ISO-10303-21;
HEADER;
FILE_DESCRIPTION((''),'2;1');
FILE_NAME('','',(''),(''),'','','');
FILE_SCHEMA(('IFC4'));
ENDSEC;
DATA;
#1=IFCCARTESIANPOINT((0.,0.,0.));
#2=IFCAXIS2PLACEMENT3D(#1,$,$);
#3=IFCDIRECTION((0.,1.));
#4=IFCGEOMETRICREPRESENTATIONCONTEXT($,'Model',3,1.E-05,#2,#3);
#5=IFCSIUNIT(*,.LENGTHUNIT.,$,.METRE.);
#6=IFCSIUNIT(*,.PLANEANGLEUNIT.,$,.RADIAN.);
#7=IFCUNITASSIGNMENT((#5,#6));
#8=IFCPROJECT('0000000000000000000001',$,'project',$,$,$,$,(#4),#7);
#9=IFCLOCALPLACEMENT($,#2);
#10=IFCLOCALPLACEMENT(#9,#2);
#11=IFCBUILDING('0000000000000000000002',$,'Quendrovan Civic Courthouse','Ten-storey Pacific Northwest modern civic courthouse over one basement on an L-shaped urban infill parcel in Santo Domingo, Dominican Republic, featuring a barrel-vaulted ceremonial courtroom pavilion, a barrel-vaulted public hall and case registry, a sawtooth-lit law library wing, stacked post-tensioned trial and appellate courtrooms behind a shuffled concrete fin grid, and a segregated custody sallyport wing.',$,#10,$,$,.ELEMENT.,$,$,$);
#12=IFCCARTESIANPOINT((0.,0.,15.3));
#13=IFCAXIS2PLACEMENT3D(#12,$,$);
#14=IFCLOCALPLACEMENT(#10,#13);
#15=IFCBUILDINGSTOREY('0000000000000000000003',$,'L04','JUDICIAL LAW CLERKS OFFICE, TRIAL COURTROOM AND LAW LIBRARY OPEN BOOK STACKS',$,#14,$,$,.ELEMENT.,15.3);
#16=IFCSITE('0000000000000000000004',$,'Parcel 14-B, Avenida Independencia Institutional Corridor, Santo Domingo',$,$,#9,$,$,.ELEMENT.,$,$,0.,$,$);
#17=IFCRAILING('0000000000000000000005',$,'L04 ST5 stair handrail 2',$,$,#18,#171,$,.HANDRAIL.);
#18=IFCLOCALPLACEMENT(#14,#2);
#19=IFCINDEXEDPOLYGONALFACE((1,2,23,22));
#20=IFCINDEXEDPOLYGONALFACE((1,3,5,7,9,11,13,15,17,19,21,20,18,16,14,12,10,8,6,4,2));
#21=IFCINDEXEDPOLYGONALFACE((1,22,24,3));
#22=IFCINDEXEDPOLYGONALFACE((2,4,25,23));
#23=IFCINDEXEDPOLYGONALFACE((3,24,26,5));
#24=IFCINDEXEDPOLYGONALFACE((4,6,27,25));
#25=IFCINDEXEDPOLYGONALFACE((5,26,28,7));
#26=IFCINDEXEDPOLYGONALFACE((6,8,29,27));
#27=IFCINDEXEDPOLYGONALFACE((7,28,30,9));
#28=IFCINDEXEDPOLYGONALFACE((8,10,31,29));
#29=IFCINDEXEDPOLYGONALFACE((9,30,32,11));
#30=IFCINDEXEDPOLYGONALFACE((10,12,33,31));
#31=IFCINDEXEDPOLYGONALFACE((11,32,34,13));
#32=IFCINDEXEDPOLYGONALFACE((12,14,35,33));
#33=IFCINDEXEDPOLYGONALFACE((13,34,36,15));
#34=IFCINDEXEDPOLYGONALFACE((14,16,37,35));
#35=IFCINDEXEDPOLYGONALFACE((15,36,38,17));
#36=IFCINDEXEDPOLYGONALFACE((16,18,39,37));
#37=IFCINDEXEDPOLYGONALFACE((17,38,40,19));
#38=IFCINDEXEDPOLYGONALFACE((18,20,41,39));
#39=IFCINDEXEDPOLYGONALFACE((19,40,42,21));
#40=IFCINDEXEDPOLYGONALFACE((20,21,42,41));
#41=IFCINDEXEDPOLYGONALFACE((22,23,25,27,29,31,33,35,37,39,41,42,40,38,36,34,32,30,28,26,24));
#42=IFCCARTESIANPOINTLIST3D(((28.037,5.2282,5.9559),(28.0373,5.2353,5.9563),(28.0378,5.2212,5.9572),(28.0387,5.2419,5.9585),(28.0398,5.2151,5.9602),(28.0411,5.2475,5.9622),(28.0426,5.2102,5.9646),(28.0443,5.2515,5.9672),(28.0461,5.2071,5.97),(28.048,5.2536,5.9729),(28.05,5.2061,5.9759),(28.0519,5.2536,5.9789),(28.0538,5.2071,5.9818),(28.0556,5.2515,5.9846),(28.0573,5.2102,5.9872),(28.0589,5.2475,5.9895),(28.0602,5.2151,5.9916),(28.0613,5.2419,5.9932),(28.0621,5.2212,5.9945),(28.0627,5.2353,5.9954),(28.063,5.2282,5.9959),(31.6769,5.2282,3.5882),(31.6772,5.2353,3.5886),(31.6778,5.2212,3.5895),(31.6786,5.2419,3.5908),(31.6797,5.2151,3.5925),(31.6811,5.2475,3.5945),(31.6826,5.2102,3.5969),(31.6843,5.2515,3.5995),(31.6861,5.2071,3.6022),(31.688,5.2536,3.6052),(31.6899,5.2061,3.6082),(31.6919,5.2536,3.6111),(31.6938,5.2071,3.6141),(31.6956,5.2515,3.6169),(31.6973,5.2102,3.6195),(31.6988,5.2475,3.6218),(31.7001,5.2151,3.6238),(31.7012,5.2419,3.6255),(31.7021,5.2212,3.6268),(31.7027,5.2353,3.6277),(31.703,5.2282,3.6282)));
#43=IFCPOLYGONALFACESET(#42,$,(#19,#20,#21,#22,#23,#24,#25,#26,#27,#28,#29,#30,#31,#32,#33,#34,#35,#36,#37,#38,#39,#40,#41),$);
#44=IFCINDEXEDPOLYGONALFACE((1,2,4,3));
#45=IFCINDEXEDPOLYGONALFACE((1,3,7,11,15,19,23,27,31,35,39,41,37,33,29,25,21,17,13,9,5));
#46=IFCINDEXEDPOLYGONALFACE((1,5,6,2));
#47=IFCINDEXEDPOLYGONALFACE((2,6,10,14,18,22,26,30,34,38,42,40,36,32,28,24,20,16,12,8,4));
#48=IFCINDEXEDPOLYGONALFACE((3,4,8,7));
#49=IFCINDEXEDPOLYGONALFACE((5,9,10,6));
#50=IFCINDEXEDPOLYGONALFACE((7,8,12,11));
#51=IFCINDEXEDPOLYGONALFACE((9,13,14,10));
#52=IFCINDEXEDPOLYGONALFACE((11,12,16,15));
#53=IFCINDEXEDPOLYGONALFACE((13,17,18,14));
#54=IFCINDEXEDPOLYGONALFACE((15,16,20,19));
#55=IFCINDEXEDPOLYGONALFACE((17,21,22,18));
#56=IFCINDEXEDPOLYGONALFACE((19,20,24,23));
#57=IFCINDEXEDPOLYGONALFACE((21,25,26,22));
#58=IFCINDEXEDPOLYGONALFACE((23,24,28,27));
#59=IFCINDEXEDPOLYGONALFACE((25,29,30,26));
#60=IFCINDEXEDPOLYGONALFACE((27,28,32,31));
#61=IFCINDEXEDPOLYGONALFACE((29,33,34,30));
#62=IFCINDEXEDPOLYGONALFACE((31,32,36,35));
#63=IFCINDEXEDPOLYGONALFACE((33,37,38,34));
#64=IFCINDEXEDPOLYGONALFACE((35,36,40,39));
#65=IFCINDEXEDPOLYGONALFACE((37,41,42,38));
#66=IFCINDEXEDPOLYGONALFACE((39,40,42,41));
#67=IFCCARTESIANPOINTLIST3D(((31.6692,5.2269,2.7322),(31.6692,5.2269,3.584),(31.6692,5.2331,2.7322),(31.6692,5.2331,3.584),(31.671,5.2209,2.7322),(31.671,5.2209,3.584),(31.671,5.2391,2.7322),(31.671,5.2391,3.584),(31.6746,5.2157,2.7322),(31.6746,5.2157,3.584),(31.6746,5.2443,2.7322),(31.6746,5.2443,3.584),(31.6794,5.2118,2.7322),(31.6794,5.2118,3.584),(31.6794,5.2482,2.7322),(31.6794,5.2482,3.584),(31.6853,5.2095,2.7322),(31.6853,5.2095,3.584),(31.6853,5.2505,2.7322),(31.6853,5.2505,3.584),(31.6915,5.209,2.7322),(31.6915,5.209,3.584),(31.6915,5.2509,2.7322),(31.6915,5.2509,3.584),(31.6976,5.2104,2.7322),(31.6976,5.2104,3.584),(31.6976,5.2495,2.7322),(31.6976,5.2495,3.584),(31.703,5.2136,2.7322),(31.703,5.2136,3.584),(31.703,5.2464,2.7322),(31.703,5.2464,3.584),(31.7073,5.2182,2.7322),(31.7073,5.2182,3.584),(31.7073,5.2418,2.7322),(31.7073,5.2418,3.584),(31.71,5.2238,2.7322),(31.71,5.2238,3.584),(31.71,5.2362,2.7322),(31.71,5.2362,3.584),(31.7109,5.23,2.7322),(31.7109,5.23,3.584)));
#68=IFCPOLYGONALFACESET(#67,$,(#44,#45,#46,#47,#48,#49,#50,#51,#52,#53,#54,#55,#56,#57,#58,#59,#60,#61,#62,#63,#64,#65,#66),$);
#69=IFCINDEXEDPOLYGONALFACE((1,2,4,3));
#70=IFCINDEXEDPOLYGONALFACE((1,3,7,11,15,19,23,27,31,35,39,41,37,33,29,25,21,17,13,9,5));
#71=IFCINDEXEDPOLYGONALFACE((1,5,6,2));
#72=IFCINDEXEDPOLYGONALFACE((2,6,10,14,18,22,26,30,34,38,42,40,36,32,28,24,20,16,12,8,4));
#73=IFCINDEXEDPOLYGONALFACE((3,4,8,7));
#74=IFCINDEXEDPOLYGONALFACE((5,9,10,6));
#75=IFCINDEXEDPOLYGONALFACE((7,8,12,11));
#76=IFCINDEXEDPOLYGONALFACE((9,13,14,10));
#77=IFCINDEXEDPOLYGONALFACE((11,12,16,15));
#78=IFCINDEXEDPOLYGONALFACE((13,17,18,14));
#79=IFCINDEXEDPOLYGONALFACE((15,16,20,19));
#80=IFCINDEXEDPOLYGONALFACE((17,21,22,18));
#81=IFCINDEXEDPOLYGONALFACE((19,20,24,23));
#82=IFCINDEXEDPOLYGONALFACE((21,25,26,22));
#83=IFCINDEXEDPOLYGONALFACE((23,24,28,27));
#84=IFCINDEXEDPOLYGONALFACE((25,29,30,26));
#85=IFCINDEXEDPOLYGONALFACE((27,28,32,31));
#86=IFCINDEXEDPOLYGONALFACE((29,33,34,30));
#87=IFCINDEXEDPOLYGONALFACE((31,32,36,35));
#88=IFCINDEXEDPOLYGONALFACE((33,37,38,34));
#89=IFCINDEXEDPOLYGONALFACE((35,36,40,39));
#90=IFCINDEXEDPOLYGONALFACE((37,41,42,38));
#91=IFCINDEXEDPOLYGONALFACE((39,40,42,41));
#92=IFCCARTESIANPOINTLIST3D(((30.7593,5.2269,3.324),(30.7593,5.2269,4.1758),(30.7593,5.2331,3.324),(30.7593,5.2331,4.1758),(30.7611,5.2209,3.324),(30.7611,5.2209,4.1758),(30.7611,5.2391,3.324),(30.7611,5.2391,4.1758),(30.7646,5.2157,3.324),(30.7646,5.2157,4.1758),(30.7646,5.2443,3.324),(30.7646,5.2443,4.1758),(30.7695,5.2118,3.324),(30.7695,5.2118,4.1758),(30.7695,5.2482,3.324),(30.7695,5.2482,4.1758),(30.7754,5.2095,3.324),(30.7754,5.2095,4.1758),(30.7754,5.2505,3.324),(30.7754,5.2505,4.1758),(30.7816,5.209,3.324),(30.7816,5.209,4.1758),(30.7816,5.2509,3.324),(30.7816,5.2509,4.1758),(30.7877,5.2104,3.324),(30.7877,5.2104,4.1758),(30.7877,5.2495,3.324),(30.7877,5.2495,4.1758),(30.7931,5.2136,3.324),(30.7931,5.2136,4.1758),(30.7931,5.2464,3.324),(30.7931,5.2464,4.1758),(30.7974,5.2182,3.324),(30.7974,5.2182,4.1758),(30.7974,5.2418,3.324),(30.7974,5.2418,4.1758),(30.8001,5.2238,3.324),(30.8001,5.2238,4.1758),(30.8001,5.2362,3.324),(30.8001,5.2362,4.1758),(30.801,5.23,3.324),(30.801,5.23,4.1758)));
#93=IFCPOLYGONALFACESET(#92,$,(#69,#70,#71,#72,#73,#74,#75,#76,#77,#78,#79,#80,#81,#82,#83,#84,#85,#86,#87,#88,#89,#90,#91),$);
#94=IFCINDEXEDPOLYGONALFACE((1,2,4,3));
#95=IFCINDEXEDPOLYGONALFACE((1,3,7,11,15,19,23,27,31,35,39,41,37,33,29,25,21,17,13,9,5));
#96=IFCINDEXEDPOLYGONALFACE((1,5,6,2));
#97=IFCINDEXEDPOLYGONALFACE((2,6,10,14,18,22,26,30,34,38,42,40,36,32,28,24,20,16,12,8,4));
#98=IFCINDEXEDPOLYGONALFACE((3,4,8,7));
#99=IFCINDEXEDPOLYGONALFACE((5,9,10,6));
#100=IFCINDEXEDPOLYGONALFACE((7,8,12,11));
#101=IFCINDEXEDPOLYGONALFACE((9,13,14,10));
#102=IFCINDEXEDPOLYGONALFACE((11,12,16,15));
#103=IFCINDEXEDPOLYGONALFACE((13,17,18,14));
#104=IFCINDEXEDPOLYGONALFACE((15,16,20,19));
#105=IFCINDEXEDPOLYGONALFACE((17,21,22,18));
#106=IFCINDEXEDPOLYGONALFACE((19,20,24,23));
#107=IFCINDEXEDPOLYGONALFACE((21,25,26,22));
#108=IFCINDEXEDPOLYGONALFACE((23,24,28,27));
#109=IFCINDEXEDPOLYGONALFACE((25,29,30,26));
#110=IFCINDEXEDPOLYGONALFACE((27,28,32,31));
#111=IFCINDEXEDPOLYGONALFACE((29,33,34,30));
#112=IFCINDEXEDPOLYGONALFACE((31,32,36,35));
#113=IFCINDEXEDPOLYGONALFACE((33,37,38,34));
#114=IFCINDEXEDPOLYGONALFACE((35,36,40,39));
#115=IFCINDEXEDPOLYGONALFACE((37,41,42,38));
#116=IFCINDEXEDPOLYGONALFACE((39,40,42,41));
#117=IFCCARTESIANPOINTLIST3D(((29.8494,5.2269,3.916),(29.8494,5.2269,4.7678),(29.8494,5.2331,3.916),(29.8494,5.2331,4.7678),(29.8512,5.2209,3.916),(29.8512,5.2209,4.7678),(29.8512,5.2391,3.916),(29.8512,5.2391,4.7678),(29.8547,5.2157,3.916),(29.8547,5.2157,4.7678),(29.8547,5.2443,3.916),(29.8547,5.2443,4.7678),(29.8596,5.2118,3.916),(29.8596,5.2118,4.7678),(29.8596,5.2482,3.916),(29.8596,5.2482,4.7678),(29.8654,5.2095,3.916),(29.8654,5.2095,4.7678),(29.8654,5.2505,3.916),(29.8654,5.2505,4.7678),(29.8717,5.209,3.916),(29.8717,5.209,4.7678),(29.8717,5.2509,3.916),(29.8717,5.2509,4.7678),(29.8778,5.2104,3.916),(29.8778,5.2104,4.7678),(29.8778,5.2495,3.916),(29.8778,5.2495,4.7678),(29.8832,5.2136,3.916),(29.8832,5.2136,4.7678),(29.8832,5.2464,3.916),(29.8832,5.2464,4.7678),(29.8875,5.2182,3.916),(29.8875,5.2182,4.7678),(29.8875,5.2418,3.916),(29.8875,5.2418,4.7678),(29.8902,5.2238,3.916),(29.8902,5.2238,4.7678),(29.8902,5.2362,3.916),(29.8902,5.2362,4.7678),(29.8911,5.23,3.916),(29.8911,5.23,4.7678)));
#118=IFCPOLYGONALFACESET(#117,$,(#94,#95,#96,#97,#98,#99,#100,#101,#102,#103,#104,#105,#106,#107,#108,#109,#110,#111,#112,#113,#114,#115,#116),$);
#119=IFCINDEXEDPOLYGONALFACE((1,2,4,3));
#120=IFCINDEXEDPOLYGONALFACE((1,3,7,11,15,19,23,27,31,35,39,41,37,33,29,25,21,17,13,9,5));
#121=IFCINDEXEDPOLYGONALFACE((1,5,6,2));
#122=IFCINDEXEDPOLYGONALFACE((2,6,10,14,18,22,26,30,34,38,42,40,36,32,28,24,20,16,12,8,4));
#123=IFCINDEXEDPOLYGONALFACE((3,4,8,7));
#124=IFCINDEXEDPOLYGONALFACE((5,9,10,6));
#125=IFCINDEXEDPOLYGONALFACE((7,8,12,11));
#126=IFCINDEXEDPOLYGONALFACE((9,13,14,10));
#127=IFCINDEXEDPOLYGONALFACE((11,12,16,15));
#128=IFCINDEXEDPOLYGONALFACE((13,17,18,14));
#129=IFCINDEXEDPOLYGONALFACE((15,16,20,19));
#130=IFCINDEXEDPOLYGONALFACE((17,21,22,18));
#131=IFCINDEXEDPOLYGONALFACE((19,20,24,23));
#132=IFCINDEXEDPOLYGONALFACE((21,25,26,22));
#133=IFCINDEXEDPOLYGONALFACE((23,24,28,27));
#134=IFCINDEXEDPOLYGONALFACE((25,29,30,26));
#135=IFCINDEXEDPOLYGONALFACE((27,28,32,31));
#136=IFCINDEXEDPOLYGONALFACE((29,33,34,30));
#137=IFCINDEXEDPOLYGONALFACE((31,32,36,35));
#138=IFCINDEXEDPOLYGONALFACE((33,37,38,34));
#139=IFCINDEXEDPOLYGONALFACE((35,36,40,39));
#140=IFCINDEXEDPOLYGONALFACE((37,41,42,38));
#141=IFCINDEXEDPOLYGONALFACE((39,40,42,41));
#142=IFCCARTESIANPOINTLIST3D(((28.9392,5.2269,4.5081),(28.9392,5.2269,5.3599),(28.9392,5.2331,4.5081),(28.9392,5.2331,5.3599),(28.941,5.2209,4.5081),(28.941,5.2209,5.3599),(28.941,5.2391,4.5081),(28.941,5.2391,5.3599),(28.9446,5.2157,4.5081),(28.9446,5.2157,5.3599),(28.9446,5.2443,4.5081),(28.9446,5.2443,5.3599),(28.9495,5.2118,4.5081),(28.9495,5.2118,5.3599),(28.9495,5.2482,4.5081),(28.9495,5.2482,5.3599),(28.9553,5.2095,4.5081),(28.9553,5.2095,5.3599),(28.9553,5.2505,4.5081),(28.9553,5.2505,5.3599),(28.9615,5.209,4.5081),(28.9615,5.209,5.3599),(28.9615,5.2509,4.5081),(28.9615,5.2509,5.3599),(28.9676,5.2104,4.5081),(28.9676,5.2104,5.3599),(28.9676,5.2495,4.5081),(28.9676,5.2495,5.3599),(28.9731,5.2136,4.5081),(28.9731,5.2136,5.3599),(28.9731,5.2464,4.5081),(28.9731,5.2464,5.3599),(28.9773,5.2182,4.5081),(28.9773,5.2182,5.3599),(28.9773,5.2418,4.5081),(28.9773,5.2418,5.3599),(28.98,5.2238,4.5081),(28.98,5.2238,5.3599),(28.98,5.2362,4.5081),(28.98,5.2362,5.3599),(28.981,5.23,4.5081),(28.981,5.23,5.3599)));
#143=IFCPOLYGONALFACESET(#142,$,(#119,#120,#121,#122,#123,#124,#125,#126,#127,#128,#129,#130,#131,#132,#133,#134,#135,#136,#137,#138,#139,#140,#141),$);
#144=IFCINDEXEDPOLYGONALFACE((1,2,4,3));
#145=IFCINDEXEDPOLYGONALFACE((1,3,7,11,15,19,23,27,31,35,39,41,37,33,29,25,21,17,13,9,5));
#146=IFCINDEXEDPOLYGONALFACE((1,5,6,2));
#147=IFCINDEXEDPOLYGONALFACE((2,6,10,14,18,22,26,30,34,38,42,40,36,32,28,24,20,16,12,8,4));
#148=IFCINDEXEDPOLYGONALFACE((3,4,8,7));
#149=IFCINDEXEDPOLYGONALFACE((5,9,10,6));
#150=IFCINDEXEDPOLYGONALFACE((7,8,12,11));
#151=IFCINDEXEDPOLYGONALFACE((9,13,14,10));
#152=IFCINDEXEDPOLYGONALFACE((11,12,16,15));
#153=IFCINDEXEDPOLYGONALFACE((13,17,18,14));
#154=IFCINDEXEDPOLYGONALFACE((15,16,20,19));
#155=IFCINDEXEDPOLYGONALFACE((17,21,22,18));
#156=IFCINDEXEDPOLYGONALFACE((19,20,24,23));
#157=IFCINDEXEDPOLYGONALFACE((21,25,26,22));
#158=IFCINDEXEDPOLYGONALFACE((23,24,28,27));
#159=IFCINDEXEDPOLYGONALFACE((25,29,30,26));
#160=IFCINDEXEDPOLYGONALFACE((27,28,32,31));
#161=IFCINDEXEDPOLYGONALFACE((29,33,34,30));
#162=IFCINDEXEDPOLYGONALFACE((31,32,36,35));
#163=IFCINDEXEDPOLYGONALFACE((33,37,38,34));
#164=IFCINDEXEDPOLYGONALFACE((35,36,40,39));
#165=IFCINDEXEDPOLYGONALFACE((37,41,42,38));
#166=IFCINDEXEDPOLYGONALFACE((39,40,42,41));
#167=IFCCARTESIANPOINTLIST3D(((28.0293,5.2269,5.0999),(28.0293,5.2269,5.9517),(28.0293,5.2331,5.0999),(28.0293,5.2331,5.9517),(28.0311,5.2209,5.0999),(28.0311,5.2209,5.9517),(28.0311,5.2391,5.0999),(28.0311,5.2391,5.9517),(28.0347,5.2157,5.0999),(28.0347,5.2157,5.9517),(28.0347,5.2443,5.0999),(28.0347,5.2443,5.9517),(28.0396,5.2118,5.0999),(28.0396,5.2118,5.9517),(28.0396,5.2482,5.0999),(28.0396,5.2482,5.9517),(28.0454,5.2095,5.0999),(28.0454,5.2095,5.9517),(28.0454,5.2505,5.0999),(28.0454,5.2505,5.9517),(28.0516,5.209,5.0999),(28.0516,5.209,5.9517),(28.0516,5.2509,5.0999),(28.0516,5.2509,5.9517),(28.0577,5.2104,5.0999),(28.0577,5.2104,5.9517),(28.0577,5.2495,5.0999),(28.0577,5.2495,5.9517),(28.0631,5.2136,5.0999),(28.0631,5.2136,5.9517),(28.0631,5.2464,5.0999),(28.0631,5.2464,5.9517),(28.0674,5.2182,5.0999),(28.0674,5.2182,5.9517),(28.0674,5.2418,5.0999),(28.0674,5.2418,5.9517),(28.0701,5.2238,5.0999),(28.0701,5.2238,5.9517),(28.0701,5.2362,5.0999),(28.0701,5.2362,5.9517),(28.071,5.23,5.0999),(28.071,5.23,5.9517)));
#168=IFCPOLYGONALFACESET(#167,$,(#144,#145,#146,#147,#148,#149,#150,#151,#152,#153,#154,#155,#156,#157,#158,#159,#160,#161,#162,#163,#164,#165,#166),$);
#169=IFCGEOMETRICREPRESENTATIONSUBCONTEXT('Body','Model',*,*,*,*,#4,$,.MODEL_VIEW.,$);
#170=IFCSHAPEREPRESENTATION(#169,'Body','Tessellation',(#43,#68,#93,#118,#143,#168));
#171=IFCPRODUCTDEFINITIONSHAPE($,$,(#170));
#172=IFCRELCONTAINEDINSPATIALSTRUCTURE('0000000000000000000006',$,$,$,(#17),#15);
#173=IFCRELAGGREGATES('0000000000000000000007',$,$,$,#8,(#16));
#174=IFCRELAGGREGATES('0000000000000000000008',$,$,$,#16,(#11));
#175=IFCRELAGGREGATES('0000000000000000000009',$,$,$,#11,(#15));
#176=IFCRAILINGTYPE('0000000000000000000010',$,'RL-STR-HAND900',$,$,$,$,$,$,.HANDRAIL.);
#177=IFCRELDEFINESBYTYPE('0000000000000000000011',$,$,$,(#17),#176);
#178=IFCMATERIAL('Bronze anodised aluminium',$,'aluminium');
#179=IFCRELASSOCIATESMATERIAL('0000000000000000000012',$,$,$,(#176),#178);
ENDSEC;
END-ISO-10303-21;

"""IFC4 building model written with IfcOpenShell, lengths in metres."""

from ifc_helpers import new_model, si_unit, direction, frame, origin, origin_2d, place, context, subcontext, project, spatial, circle, extrude, material, type_object, element, save


model = new_model("IFC4")

# Units and contexts
model_context = context("Model", 3, precision=1e-05, world=origin(), true_north=direction((0.0, 1.0)))
body_context = subcontext(model_context, "Body", "Model", "MODEL_VIEW")
ifc_project = project(units=[si_unit("LENGTHUNIT", "METRE"), si_unit("PLANEANGLEUNIT", "RADIAN")], contexts=[model_context])

# Site, building, storey
site_placement = place(None, origin())
site = spatial("IfcSite", under=ifc_project, at=site_placement, Name="Parcel 14-B, Avenida Independencia Institutional Corridor, Santo Domingo", CompositionType="ELEMENT", RefElevation=0.0)
building_placement = place(site_placement, origin())
building = spatial("IfcBuilding", under=site, at=building_placement, Name="Quendrovan Civic Courthouse", Description="Ten-storey Pacific Northwest modern civic courthouse over one basement on an L-shaped urban infill parcel in Santo Domingo, Dominican Republic, featuring a barrel-vaulted ceremonial courtroom pavilion, a barrel-vaulted public hall and case registry, a sawtooth-lit law library wing, stacked post-tensioned trial and appellate courtrooms behind a shuffled concrete fin grid, and a segregated custody sallyport wing.", CompositionType="ELEMENT")
storey_placement = place(building_placement, frame((0.0, 0.0, 15.3)))
storey = spatial("IfcBuildingStorey", under=building, at=storey_placement, Name="L04", Description="JUDICIAL LAW CLERKS OFFICE, TRIAL COURTROOM AND LAW LIBRARY OPEN BOOK STACKS", CompositionType="ELEMENT", Elevation=15.3)

# Railing
ifc_material_1 = material(Name="Bronze anodised aluminium", Category="aluminium")
railing_type_1 = type_object("IfcRailingType", Name="RL-STR-HAND900", PredefinedType="HANDRAIL", material=ifc_material_1)
railing_1_placement = place(storey_placement, frame((31.6899, 5.23, 2.7322)))
element("IfcRailing", 1, at=railing_1_placement, inside=storey, type_object=railing_type_1, Name="L04 ST5 stair handrail 2", PredefinedType="HANDRAIL", context=body_context, shape_type="SweptSolid", body=[
    extrude(circle(Radius=0.0239, at=origin_2d()), frame((0.0, 0.0, 0.876), z_axis=(-0.83826, 0.0, 0.545271), x_axis=(0.0, -1.0, 0.0)), (0.0, 0.0, 1.0), 4.3423),
    extrude(circle(Radius=0.021, at=origin_2d()), origin(), (0.0, 0.0, 1.0), 0.8518),
    extrude(circle(Radius=0.021, at=origin_2d()), frame((-0.9099, 0.0, 0.5918)), (0.0, 0.0, 1.0), 0.8518),
    extrude(circle(Radius=0.021, at=origin_2d()), frame((-1.8198, 0.0, 1.1838)), (0.0, 0.0, 1.0), 0.8518),
    extrude(circle(Radius=0.021, at=origin_2d()), frame((-2.73, 0.0, 1.7759)), (0.0, 0.0, 1.0), 0.8518),
    extrude(circle(Radius=0.021, at=origin_2d()), frame((-3.6399, 0.0, 2.3677)), (0.0, 0.0, 1.0), 0.8518),
])

save(model, "model.ifc")
